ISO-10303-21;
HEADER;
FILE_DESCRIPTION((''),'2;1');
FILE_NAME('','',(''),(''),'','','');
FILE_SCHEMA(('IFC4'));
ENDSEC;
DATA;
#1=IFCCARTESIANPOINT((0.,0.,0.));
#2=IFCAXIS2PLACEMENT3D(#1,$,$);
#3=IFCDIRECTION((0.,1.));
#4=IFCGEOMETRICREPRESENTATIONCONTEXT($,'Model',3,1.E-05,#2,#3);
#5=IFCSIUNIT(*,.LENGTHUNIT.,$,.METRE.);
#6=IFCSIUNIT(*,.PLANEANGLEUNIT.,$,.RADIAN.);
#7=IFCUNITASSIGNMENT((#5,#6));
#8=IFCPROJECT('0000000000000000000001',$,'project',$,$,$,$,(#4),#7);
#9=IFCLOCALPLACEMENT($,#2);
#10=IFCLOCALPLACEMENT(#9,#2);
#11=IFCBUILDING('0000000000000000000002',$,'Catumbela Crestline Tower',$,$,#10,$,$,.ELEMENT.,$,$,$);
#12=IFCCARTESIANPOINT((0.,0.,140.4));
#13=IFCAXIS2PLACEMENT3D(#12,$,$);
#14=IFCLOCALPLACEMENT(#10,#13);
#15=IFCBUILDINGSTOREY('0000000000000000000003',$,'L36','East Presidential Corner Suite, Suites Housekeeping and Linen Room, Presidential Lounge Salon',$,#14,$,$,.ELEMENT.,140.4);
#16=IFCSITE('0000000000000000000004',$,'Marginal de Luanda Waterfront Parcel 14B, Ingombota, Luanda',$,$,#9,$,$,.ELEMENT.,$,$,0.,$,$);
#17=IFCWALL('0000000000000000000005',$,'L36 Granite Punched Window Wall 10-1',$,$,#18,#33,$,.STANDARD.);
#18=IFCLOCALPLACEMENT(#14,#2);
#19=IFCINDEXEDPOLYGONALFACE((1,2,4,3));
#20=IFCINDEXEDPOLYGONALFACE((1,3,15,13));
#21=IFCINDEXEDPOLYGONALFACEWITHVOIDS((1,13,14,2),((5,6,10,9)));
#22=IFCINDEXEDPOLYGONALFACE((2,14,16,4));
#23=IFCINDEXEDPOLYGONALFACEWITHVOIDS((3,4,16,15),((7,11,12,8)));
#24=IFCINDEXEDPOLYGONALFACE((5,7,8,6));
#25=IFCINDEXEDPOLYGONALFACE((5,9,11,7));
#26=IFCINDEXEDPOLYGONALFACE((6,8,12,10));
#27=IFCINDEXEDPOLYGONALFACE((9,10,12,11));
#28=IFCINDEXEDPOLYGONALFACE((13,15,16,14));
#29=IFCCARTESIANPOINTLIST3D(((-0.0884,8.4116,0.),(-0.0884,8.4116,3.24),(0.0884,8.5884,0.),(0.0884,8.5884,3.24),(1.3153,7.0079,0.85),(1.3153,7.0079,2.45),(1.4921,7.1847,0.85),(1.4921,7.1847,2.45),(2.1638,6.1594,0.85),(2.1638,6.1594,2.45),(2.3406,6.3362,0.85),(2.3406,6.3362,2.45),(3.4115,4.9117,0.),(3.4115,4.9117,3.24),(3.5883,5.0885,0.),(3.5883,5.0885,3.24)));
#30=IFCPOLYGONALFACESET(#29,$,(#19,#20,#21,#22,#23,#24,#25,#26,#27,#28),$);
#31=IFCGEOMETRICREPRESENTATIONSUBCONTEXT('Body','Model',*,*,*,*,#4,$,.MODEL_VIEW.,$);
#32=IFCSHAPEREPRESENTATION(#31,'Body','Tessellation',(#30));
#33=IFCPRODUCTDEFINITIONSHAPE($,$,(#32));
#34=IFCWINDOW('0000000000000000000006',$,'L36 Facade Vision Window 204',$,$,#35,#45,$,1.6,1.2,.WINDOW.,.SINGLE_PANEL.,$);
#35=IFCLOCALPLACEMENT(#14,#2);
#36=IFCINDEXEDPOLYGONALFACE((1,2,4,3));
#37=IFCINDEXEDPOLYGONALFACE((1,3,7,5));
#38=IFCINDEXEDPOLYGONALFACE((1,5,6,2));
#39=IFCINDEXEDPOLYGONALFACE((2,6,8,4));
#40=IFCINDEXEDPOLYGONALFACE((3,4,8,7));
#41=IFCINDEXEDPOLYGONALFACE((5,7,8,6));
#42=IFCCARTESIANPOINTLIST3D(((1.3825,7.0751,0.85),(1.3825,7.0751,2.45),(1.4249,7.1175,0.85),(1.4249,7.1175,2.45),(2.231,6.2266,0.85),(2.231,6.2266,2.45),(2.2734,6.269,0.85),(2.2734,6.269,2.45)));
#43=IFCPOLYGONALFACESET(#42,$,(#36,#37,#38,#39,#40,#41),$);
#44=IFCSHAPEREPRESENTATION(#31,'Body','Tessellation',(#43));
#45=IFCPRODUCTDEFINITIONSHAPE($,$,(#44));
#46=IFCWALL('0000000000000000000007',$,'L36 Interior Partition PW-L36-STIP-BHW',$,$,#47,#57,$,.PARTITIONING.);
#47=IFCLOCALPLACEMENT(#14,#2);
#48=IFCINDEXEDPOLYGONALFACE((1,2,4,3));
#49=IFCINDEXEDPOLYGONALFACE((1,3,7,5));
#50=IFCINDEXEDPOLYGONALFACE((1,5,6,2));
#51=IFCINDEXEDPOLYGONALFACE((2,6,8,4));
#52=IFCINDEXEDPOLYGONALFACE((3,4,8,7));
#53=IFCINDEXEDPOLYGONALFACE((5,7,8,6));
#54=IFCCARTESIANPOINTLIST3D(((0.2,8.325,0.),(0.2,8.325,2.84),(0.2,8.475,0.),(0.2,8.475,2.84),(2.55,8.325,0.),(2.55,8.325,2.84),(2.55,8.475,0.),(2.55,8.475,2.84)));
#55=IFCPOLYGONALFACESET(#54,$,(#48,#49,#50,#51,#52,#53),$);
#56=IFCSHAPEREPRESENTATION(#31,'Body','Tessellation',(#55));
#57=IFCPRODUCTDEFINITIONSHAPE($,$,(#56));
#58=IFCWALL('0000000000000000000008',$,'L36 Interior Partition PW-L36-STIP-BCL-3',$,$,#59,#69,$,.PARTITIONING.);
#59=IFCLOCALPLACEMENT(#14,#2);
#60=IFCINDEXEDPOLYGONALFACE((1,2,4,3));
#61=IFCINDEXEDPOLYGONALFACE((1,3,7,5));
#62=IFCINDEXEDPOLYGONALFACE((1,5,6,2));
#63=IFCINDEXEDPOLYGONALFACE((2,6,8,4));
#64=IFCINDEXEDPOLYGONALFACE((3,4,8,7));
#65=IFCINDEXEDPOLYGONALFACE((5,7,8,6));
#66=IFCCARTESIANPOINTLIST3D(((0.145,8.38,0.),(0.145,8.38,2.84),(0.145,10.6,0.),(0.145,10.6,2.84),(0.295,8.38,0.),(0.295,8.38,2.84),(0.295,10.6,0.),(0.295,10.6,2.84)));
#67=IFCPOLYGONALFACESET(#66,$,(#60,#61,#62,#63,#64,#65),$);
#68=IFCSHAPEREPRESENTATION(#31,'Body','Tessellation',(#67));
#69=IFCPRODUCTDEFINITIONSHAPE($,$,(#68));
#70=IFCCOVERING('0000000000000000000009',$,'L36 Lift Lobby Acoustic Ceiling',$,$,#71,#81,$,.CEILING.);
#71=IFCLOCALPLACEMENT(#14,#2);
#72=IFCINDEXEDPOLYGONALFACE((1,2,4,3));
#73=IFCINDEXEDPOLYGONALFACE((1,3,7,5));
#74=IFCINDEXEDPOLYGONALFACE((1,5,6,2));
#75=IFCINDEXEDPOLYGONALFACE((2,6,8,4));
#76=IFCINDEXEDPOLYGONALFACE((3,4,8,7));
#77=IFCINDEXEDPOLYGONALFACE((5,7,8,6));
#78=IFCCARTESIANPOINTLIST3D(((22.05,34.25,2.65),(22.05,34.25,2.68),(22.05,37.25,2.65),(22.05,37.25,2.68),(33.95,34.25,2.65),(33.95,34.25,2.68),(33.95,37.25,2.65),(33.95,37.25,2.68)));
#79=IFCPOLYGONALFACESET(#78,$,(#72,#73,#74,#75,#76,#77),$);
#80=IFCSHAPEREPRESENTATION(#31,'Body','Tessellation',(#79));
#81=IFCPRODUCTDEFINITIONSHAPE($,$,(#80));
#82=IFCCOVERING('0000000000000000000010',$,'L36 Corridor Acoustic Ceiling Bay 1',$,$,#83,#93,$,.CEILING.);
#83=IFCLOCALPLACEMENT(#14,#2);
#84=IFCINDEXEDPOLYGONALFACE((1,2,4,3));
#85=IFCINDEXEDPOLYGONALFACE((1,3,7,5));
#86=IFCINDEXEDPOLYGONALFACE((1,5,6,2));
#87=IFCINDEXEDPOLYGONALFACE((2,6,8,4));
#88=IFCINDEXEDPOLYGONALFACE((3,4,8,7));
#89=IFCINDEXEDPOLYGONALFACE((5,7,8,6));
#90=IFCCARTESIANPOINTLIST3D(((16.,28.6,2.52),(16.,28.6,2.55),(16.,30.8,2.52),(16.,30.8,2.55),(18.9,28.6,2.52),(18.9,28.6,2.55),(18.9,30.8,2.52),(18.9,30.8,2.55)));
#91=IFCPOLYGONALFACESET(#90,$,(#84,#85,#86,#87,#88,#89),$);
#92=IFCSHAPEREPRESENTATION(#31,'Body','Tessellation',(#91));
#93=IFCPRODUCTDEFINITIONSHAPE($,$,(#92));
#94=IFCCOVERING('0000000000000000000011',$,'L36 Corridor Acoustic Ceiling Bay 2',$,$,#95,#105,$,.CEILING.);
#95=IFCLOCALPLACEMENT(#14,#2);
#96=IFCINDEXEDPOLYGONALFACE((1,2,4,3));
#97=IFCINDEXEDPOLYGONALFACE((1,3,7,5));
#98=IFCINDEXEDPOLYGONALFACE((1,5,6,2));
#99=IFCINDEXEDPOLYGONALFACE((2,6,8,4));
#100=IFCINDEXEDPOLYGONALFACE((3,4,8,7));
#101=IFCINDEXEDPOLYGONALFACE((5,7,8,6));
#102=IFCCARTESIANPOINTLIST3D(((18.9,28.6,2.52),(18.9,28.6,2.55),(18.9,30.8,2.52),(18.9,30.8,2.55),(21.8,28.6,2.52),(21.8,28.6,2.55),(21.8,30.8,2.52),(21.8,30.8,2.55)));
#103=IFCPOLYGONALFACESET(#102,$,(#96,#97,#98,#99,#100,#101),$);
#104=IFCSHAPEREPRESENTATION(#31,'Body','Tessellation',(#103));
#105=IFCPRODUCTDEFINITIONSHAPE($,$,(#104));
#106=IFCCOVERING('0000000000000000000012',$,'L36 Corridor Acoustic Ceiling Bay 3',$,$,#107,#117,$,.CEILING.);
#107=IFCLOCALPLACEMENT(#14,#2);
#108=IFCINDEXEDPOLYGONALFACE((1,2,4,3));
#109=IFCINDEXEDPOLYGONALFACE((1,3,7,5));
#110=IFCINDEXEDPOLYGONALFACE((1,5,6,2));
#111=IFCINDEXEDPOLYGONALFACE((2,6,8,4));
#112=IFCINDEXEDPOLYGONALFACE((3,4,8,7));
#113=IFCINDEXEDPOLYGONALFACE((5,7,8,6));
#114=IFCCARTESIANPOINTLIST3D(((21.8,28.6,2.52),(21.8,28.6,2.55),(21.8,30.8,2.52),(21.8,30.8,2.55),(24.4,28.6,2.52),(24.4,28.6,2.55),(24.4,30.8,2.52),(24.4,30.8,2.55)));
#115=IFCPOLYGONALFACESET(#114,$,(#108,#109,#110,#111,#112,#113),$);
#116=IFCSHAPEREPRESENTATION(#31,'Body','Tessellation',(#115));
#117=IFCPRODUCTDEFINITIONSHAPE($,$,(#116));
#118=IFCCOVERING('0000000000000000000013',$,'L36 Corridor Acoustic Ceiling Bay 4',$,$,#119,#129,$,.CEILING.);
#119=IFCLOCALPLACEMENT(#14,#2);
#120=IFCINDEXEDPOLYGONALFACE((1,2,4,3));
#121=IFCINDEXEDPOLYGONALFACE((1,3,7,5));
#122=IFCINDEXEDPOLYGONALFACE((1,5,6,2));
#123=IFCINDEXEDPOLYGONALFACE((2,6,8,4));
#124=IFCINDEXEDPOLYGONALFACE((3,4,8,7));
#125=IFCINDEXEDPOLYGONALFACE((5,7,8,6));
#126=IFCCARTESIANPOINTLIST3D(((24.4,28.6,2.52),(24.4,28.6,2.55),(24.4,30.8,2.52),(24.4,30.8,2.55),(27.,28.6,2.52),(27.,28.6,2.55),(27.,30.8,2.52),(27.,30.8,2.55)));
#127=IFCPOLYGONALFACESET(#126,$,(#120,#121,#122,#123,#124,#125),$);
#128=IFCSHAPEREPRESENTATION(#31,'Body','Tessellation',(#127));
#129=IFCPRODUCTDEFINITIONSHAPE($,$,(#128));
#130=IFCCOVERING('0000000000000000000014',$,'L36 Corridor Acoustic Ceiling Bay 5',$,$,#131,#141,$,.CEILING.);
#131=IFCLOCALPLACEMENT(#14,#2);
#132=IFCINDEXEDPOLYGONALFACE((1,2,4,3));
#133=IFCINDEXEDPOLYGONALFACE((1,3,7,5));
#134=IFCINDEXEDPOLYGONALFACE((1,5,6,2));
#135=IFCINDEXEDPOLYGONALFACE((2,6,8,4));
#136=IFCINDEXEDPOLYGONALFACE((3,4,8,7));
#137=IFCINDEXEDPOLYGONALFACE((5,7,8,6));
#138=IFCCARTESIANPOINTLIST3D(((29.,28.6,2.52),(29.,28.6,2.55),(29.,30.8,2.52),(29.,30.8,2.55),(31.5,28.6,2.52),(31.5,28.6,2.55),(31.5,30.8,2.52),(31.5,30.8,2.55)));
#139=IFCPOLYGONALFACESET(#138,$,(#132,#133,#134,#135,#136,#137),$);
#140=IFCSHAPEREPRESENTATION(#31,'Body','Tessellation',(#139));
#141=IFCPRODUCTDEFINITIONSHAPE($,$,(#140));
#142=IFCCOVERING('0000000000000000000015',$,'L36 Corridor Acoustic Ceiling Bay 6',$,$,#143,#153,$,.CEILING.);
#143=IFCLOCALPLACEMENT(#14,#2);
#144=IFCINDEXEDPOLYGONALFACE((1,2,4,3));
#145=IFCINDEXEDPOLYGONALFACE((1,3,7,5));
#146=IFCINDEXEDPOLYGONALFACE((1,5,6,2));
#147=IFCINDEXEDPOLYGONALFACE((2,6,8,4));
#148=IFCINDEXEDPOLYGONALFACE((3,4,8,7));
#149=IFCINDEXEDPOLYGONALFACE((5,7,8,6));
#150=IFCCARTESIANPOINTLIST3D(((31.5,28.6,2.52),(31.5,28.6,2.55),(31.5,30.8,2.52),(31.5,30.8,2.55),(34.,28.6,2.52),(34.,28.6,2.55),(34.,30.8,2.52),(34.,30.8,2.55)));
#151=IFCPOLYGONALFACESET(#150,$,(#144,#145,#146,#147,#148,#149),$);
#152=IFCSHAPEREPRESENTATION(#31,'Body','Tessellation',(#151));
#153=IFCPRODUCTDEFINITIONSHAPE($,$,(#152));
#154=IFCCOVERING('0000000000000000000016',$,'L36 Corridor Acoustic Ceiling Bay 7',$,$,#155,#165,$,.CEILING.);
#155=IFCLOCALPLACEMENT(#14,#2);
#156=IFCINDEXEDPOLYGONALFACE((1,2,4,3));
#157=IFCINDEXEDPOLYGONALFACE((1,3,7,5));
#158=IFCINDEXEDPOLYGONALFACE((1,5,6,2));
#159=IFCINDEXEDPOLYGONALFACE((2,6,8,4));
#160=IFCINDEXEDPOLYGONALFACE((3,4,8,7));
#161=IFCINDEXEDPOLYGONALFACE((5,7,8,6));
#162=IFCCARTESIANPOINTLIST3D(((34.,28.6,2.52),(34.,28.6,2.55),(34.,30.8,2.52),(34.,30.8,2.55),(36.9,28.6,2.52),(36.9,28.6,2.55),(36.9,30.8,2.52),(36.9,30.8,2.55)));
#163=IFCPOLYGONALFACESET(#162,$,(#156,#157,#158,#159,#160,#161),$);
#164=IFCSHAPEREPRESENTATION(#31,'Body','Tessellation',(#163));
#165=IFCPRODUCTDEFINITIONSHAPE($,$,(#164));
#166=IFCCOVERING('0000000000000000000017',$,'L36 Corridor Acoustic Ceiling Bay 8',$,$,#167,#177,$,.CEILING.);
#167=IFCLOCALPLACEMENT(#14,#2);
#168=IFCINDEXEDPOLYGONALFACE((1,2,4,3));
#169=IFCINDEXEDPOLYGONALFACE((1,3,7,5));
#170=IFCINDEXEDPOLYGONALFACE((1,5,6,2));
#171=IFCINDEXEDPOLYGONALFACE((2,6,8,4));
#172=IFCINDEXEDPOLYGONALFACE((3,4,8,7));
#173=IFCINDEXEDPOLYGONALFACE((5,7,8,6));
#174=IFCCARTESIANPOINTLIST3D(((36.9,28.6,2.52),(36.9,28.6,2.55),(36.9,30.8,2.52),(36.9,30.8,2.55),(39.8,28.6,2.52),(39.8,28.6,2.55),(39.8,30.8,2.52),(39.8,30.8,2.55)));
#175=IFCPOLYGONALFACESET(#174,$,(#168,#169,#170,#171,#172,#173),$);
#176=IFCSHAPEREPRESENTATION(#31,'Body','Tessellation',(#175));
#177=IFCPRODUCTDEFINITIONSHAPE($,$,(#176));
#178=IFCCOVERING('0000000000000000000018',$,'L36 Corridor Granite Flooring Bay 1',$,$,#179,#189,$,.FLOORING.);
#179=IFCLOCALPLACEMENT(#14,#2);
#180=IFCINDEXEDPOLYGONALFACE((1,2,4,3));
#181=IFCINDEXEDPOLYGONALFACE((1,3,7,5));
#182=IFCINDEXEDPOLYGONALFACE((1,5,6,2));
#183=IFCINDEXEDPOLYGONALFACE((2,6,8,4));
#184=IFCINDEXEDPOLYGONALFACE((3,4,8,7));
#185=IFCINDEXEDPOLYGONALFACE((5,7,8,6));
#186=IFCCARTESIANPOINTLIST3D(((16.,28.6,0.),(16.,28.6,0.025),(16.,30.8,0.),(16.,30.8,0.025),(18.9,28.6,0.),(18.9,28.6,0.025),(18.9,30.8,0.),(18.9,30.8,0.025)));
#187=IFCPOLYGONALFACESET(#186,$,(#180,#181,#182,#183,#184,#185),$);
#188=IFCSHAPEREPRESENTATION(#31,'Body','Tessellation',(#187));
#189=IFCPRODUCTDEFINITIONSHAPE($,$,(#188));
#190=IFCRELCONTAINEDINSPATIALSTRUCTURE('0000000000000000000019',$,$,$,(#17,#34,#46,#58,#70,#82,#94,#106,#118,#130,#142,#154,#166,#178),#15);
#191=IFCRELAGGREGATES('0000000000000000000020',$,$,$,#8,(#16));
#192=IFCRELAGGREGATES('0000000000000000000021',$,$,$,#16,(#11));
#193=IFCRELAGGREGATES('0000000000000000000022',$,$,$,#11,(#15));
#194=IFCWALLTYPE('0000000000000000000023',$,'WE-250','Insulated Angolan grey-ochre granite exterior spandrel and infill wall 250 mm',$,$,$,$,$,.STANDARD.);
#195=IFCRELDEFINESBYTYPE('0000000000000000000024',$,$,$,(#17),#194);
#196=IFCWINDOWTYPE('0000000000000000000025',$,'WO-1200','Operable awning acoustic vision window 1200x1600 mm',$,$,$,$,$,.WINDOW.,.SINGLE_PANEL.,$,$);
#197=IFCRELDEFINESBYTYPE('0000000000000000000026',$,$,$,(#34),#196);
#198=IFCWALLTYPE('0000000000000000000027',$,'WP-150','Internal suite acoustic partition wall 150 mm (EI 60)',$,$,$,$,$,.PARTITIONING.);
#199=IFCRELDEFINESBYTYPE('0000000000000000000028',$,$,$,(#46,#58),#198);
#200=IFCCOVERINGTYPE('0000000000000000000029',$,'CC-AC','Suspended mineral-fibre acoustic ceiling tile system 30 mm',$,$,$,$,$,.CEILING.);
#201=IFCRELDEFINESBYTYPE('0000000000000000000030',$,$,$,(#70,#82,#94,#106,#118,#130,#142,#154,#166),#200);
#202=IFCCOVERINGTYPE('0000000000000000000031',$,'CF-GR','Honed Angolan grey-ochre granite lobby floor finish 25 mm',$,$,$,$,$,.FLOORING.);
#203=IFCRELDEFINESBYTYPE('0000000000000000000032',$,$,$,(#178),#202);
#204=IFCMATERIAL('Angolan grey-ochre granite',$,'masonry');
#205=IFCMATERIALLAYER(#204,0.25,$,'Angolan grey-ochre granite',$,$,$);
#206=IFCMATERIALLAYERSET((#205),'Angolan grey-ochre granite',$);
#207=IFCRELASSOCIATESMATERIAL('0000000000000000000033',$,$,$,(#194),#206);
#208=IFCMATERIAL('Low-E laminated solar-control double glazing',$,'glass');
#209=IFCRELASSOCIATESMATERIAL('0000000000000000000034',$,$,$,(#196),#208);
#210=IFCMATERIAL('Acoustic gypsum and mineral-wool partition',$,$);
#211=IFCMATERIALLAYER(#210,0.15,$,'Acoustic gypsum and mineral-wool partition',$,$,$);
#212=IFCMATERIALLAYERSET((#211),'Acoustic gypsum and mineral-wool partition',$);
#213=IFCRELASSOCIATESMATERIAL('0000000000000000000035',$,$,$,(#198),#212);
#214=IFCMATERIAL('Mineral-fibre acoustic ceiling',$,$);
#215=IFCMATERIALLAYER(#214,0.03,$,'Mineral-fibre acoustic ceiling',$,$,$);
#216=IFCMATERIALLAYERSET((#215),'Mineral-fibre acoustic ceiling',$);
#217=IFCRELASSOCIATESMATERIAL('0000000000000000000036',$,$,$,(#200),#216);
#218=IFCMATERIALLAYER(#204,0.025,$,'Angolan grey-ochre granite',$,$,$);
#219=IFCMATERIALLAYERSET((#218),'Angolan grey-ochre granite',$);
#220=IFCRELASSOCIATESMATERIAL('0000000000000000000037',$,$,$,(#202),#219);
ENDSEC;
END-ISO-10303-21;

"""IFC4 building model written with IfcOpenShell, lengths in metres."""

from ifc_helpers import new_model, si_unit, direction, frame, frame_2d, origin, place, context, subcontext, project, spatial, polyline, rectangle, outline, extrude, material, layer, layer_set, type_object, element, fill, save


model = new_model("IFC4")

# Units and contexts
model_context = context("Model", 3, precision=1e-05, world=origin(), true_north=direction((0.0, 1.0)))
body_context = subcontext(model_context, "Body", "Model", "MODEL_VIEW")
ifc_project = project(units=[si_unit("LENGTHUNIT", "METRE"), si_unit("PLANEANGLEUNIT", "RADIAN")], contexts=[model_context])

# Site, building, storey
site_placement = place(None, origin())
site = spatial("IfcSite", under=ifc_project, at=site_placement, Name="Marginal de Luanda Waterfront Parcel 14B, Ingombota, Luanda", CompositionType="ELEMENT", RefElevation=0.0)
building_placement = place(site_placement, origin())
building = spatial("IfcBuilding", under=site, at=building_placement, Name="Catumbela Crestline Tower", CompositionType="ELEMENT")
storey_placement = place(building_placement, frame((0.0, 0.0, 140.4)))
storey = spatial("IfcBuildingStorey", under=building, at=storey_placement, Name="L36", Description="East Presidential Corner Suite, Suites Housekeeping and Linen Room, Presidential Lounge Salon", CompositionType="ELEMENT", Elevation=140.4)

# Wall, opening, window
ifc_material_1 = material(Name="Angolan grey-ochre granite", Category="masonry")
ifc_layer_1 = layer(ifc_material_1, 0.25, Name="Angolan grey-ochre granite")
ifc_layer_set_1 = layer_set([ifc_layer_1], Name="Angolan grey-ochre granite")
wall_type_1 = type_object("IfcWallType", Name="WE-250", Description="Insulated Angolan grey-ochre granite exterior spandrel and infill wall 250 mm", PredefinedType="STANDARD", material=ifc_layer_set_1)
wall_1_placement = place(storey_placement, frame((0.0, 8.5, 0.0), z_axis=(0.0, 0.0, 1.0), x_axis=(0.707107, -0.707107, 0.0)))
wall_1 = element("IfcWall", 1, at=wall_1_placement, inside=storey, type_object=wall_type_1, Name="L36 Granite Punched Window Wall 10-1", PredefinedType="STANDARD", context=body_context, shape_type="SweptSolid", body=[
    extrude(rectangle(XDim=4.9497, YDim=0.25, at=frame_2d((2.4748, 0.0))), origin(), (0.0, 0.0, 1.0), 3.24),
])
opening_placement = place(wall_1_placement, frame((1.9851, 0.0, 0.85)))
opening = element("IfcOpeningElement", 2, at=opening_placement, cuts=wall_1, PredefinedType="OPENING", context=body_context, shape_type="SweptSolid", body=[
    extrude(rectangle(XDim=1.2, YDim=1.6, at=frame_2d((0.6, 0.8))), frame((0.0, 0.135, 0.0), z_axis=(0.0, -1.0, 0.0), x_axis=(1.0, 0.0, 0.0)), (0.0, 0.0, 1.0), 0.27),
])
ifc_material_2 = material(Name="Low-E laminated solar-control double glazing", Category="glass")
window_type = type_object("IfcWindowType", Name="WO-1200", Description="Operable awning acoustic vision window 1200x1600 mm", PartitioningType="SINGLE_PANEL", PredefinedType="WINDOW", material=ifc_material_2)
window_placement = place(opening_placement, origin())
window = element("IfcWindow", 3, at=window_placement, inside=storey, type_object=window_type, Name="L36 Facade Vision Window 204", OverallHeight=1.6, OverallWidth=1.2, PartitioningType="SINGLE_PANEL", PredefinedType="WINDOW", context=body_context, shape_type="SweptSolid", body=[
    extrude(rectangle(XDim=1.2, YDim=1.6, at=frame_2d((0.6, 0.8))), frame((0.0, 0.03, 0.0), z_axis=(0.0, -1.0, 0.0), x_axis=(1.0, 0.0, 0.0)), (0.0, 0.0, 1.0), 0.06),
])
fill(opening, window)

# Walls
ifc_material_3 = material(Name="Acoustic gypsum and mineral-wool partition")
ifc_layer_2 = layer(ifc_material_3, 0.15, Name="Acoustic gypsum and mineral-wool partition")
ifc_layer_set_2 = layer_set([ifc_layer_2], Name="Acoustic gypsum and mineral-wool partition")
wall_type_2 = type_object("IfcWallType", Name="WP-150", Description="Internal suite acoustic partition wall 150 mm (EI 60)", PredefinedType="PARTITIONING", material=ifc_layer_set_2)
wall_2_placement = place(storey_placement, frame((0.2, 8.4, 0.0), z_axis=(0.0, 0.0, 1.0), x_axis=(1.0, 0.0, 0.0)))
element("IfcWall", 4, at=wall_2_placement, inside=storey, type_object=wall_type_2, Name="L36 Interior Partition PW-L36-STIP-BHW", PredefinedType="PARTITIONING", context=body_context, shape_type="SweptSolid", body=[
    extrude(rectangle(XDim=2.35, YDim=0.15, at=frame_2d((1.175, 0.0))), origin(), (0.0, 0.0, 1.0), 2.84),
])
wall_3_placement = place(storey_placement, frame((0.22, 8.38, 0.0), z_axis=(0.0, 0.0, 1.0), x_axis=(0.0, 1.0, 0.0)))
element("IfcWall", 5, at=wall_3_placement, inside=storey, type_object=wall_type_2, Name="L36 Interior Partition PW-L36-STIP-BCL-3", PredefinedType="PARTITIONING", context=body_context, shape_type="SweptSolid", body=[
    extrude(rectangle(XDim=2.22, YDim=0.15, at=frame_2d((1.11, 0.0))), origin(), (0.0, 0.0, 1.0), 2.84),
])

# Coverings
ifc_material_4 = material(Name="Mineral-fibre acoustic ceiling")
ifc_layer_3 = layer(ifc_material_4, 0.03, Name="Mineral-fibre acoustic ceiling")
ifc_layer_set_3 = layer_set([ifc_layer_3], Name="Mineral-fibre acoustic ceiling")
covering_type_1 = type_object("IfcCoveringType", Name="CC-AC", Description="Suspended mineral-fibre acoustic ceiling tile system 30 mm", PredefinedType="CEILING", material=ifc_layer_set_3)
covering_1_placement = place(storey_placement, frame((0.0, 0.0, 2.65)))
element("IfcCovering", 6, at=covering_1_placement, inside=storey, type_object=covering_type_1, Name="L36 Lift Lobby Acoustic Ceiling", PredefinedType="CEILING", context=body_context, shape_type="SweptSolid", body=[
    extrude(outline(polyline([(22.05, 34.25), (33.95, 34.25), (33.95, 37.25), (22.05, 37.25), (22.05, 34.25)])), origin(), (0.0, 0.0, 1.0), 0.03),
])
covering_2_placement = place(storey_placement, frame((0.0, 0.0, 2.52)))
element("IfcCovering", 7, at=covering_2_placement, inside=storey, type_object=covering_type_1, Name="L36 Corridor Acoustic Ceiling Bay 1", PredefinedType="CEILING", context=body_context, shape_type="SweptSolid", body=[
    extrude(outline(polyline([(16.0, 28.6), (18.9, 28.6), (18.9, 30.8), (16.0, 30.8), (16.0, 28.6)])), origin(), (0.0, 0.0, 1.0), 0.03),
])
covering_3_placement = place(storey_placement, frame((0.0, 0.0, 2.52)))
element("IfcCovering", 8, at=covering_3_placement, inside=storey, type_object=covering_type_1, Name="L36 Corridor Acoustic Ceiling Bay 2", PredefinedType="CEILING", context=body_context, shape_type="SweptSolid", body=[
    extrude(outline(polyline([(18.9, 28.6), (21.8, 28.6), (21.8, 30.8), (18.9, 30.8), (18.9, 28.6)])), origin(), (0.0, 0.0, 1.0), 0.03),
])
covering_4_placement = place(storey_placement, frame((0.0, 0.0, 2.52)))
element("IfcCovering", 9, at=covering_4_placement, inside=storey, type_object=covering_type_1, Name="L36 Corridor Acoustic Ceiling Bay 3", PredefinedType="CEILING", context=body_context, shape_type="SweptSolid", body=[
    extrude(outline(polyline([(21.8, 28.6), (24.4, 28.6), (24.4, 30.8), (21.8, 30.8), (21.8, 28.6)])), origin(), (0.0, 0.0, 1.0), 0.03),
])
covering_5_placement = place(storey_placement, frame((0.0, 0.0, 2.52)))
element("IfcCovering", 10, at=covering_5_placement, inside=storey, type_object=covering_type_1, Name="L36 Corridor Acoustic Ceiling Bay 4", PredefinedType="CEILING", context=body_context, shape_type="SweptSolid", body=[
    extrude(outline(polyline([(24.4, 28.6), (27.0, 28.6), (27.0, 30.8), (24.4, 30.8), (24.4, 28.6)])), origin(), (0.0, 0.0, 1.0), 0.03),
])
covering_6_placement = place(storey_placement, frame((0.0, 0.0, 2.52)))
element("IfcCovering", 11, at=covering_6_placement, inside=storey, type_object=covering_type_1, Name="L36 Corridor Acoustic Ceiling Bay 5", PredefinedType="CEILING", context=body_context, shape_type="SweptSolid", body=[
    extrude(outline(polyline([(29.0, 28.6), (31.5, 28.6), (31.5, 30.8), (29.0, 30.8), (29.0, 28.6)])), origin(), (0.0, 0.0, 1.0), 0.03),
])
covering_7_placement = place(storey_placement, frame((0.0, 0.0, 2.52)))
element("IfcCovering", 12, at=covering_7_placement, inside=storey, type_object=covering_type_1, Name="L36 Corridor Acoustic Ceiling Bay 6", PredefinedType="CEILING", context=body_context, shape_type="SweptSolid", body=[
    extrude(outline(polyline([(31.5, 28.6), (34.0, 28.6), (34.0, 30.8), (31.5, 30.8), (31.5, 28.6)])), origin(), (0.0, 0.0, 1.0), 0.03),
])
covering_8_placement = place(storey_placement, frame((0.0, 0.0, 2.52)))
element("IfcCovering", 13, at=covering_8_placement, inside=storey, type_object=covering_type_1, Name="L36 Corridor Acoustic Ceiling Bay 7", PredefinedType="CEILING", context=body_context, shape_type="SweptSolid", body=[
    extrude(outline(polyline([(34.0, 28.6), (36.9, 28.6), (36.9, 30.8), (34.0, 30.8), (34.0, 28.6)])), origin(), (0.0, 0.0, 1.0), 0.03),
])
covering_9_placement = place(storey_placement, frame((0.0, 0.0, 2.52)))
element("IfcCovering", 14, at=covering_9_placement, inside=storey, type_object=covering_type_1, Name="L36 Corridor Acoustic Ceiling Bay 8", PredefinedType="CEILING", context=body_context, shape_type="SweptSolid", body=[
    extrude(outline(polyline([(36.9, 28.6), (39.8, 28.6), (39.8, 30.8), (36.9, 30.8), (36.9, 28.6)])), origin(), (0.0, 0.0, 1.0), 0.03),
])
ifc_layer_4 = layer(ifc_material_1, 0.025, Name="Angolan grey-ochre granite")
ifc_layer_set_4 = layer_set([ifc_layer_4], Name="Angolan grey-ochre granite")
covering_type_2 = type_object("IfcCoveringType", Name="CF-GR", Description="Honed Angolan grey-ochre granite lobby floor finish 25 mm", PredefinedType="FLOORING", material=ifc_layer_set_4)
covering_10_placement = place(storey_placement, origin())
element("IfcCovering", 15, at=covering_10_placement, inside=storey, type_object=covering_type_2, Name="L36 Corridor Granite Flooring Bay 1", PredefinedType="FLOORING", context=body_context, shape_type="SweptSolid", body=[
    extrude(outline(polyline([(16.0, 28.6), (18.9, 28.6), (18.9, 30.8), (16.0, 30.8), (16.0, 28.6)])), origin(), (0.0, 0.0, 1.0), 0.025),
])

save(model, "model.ifc")
